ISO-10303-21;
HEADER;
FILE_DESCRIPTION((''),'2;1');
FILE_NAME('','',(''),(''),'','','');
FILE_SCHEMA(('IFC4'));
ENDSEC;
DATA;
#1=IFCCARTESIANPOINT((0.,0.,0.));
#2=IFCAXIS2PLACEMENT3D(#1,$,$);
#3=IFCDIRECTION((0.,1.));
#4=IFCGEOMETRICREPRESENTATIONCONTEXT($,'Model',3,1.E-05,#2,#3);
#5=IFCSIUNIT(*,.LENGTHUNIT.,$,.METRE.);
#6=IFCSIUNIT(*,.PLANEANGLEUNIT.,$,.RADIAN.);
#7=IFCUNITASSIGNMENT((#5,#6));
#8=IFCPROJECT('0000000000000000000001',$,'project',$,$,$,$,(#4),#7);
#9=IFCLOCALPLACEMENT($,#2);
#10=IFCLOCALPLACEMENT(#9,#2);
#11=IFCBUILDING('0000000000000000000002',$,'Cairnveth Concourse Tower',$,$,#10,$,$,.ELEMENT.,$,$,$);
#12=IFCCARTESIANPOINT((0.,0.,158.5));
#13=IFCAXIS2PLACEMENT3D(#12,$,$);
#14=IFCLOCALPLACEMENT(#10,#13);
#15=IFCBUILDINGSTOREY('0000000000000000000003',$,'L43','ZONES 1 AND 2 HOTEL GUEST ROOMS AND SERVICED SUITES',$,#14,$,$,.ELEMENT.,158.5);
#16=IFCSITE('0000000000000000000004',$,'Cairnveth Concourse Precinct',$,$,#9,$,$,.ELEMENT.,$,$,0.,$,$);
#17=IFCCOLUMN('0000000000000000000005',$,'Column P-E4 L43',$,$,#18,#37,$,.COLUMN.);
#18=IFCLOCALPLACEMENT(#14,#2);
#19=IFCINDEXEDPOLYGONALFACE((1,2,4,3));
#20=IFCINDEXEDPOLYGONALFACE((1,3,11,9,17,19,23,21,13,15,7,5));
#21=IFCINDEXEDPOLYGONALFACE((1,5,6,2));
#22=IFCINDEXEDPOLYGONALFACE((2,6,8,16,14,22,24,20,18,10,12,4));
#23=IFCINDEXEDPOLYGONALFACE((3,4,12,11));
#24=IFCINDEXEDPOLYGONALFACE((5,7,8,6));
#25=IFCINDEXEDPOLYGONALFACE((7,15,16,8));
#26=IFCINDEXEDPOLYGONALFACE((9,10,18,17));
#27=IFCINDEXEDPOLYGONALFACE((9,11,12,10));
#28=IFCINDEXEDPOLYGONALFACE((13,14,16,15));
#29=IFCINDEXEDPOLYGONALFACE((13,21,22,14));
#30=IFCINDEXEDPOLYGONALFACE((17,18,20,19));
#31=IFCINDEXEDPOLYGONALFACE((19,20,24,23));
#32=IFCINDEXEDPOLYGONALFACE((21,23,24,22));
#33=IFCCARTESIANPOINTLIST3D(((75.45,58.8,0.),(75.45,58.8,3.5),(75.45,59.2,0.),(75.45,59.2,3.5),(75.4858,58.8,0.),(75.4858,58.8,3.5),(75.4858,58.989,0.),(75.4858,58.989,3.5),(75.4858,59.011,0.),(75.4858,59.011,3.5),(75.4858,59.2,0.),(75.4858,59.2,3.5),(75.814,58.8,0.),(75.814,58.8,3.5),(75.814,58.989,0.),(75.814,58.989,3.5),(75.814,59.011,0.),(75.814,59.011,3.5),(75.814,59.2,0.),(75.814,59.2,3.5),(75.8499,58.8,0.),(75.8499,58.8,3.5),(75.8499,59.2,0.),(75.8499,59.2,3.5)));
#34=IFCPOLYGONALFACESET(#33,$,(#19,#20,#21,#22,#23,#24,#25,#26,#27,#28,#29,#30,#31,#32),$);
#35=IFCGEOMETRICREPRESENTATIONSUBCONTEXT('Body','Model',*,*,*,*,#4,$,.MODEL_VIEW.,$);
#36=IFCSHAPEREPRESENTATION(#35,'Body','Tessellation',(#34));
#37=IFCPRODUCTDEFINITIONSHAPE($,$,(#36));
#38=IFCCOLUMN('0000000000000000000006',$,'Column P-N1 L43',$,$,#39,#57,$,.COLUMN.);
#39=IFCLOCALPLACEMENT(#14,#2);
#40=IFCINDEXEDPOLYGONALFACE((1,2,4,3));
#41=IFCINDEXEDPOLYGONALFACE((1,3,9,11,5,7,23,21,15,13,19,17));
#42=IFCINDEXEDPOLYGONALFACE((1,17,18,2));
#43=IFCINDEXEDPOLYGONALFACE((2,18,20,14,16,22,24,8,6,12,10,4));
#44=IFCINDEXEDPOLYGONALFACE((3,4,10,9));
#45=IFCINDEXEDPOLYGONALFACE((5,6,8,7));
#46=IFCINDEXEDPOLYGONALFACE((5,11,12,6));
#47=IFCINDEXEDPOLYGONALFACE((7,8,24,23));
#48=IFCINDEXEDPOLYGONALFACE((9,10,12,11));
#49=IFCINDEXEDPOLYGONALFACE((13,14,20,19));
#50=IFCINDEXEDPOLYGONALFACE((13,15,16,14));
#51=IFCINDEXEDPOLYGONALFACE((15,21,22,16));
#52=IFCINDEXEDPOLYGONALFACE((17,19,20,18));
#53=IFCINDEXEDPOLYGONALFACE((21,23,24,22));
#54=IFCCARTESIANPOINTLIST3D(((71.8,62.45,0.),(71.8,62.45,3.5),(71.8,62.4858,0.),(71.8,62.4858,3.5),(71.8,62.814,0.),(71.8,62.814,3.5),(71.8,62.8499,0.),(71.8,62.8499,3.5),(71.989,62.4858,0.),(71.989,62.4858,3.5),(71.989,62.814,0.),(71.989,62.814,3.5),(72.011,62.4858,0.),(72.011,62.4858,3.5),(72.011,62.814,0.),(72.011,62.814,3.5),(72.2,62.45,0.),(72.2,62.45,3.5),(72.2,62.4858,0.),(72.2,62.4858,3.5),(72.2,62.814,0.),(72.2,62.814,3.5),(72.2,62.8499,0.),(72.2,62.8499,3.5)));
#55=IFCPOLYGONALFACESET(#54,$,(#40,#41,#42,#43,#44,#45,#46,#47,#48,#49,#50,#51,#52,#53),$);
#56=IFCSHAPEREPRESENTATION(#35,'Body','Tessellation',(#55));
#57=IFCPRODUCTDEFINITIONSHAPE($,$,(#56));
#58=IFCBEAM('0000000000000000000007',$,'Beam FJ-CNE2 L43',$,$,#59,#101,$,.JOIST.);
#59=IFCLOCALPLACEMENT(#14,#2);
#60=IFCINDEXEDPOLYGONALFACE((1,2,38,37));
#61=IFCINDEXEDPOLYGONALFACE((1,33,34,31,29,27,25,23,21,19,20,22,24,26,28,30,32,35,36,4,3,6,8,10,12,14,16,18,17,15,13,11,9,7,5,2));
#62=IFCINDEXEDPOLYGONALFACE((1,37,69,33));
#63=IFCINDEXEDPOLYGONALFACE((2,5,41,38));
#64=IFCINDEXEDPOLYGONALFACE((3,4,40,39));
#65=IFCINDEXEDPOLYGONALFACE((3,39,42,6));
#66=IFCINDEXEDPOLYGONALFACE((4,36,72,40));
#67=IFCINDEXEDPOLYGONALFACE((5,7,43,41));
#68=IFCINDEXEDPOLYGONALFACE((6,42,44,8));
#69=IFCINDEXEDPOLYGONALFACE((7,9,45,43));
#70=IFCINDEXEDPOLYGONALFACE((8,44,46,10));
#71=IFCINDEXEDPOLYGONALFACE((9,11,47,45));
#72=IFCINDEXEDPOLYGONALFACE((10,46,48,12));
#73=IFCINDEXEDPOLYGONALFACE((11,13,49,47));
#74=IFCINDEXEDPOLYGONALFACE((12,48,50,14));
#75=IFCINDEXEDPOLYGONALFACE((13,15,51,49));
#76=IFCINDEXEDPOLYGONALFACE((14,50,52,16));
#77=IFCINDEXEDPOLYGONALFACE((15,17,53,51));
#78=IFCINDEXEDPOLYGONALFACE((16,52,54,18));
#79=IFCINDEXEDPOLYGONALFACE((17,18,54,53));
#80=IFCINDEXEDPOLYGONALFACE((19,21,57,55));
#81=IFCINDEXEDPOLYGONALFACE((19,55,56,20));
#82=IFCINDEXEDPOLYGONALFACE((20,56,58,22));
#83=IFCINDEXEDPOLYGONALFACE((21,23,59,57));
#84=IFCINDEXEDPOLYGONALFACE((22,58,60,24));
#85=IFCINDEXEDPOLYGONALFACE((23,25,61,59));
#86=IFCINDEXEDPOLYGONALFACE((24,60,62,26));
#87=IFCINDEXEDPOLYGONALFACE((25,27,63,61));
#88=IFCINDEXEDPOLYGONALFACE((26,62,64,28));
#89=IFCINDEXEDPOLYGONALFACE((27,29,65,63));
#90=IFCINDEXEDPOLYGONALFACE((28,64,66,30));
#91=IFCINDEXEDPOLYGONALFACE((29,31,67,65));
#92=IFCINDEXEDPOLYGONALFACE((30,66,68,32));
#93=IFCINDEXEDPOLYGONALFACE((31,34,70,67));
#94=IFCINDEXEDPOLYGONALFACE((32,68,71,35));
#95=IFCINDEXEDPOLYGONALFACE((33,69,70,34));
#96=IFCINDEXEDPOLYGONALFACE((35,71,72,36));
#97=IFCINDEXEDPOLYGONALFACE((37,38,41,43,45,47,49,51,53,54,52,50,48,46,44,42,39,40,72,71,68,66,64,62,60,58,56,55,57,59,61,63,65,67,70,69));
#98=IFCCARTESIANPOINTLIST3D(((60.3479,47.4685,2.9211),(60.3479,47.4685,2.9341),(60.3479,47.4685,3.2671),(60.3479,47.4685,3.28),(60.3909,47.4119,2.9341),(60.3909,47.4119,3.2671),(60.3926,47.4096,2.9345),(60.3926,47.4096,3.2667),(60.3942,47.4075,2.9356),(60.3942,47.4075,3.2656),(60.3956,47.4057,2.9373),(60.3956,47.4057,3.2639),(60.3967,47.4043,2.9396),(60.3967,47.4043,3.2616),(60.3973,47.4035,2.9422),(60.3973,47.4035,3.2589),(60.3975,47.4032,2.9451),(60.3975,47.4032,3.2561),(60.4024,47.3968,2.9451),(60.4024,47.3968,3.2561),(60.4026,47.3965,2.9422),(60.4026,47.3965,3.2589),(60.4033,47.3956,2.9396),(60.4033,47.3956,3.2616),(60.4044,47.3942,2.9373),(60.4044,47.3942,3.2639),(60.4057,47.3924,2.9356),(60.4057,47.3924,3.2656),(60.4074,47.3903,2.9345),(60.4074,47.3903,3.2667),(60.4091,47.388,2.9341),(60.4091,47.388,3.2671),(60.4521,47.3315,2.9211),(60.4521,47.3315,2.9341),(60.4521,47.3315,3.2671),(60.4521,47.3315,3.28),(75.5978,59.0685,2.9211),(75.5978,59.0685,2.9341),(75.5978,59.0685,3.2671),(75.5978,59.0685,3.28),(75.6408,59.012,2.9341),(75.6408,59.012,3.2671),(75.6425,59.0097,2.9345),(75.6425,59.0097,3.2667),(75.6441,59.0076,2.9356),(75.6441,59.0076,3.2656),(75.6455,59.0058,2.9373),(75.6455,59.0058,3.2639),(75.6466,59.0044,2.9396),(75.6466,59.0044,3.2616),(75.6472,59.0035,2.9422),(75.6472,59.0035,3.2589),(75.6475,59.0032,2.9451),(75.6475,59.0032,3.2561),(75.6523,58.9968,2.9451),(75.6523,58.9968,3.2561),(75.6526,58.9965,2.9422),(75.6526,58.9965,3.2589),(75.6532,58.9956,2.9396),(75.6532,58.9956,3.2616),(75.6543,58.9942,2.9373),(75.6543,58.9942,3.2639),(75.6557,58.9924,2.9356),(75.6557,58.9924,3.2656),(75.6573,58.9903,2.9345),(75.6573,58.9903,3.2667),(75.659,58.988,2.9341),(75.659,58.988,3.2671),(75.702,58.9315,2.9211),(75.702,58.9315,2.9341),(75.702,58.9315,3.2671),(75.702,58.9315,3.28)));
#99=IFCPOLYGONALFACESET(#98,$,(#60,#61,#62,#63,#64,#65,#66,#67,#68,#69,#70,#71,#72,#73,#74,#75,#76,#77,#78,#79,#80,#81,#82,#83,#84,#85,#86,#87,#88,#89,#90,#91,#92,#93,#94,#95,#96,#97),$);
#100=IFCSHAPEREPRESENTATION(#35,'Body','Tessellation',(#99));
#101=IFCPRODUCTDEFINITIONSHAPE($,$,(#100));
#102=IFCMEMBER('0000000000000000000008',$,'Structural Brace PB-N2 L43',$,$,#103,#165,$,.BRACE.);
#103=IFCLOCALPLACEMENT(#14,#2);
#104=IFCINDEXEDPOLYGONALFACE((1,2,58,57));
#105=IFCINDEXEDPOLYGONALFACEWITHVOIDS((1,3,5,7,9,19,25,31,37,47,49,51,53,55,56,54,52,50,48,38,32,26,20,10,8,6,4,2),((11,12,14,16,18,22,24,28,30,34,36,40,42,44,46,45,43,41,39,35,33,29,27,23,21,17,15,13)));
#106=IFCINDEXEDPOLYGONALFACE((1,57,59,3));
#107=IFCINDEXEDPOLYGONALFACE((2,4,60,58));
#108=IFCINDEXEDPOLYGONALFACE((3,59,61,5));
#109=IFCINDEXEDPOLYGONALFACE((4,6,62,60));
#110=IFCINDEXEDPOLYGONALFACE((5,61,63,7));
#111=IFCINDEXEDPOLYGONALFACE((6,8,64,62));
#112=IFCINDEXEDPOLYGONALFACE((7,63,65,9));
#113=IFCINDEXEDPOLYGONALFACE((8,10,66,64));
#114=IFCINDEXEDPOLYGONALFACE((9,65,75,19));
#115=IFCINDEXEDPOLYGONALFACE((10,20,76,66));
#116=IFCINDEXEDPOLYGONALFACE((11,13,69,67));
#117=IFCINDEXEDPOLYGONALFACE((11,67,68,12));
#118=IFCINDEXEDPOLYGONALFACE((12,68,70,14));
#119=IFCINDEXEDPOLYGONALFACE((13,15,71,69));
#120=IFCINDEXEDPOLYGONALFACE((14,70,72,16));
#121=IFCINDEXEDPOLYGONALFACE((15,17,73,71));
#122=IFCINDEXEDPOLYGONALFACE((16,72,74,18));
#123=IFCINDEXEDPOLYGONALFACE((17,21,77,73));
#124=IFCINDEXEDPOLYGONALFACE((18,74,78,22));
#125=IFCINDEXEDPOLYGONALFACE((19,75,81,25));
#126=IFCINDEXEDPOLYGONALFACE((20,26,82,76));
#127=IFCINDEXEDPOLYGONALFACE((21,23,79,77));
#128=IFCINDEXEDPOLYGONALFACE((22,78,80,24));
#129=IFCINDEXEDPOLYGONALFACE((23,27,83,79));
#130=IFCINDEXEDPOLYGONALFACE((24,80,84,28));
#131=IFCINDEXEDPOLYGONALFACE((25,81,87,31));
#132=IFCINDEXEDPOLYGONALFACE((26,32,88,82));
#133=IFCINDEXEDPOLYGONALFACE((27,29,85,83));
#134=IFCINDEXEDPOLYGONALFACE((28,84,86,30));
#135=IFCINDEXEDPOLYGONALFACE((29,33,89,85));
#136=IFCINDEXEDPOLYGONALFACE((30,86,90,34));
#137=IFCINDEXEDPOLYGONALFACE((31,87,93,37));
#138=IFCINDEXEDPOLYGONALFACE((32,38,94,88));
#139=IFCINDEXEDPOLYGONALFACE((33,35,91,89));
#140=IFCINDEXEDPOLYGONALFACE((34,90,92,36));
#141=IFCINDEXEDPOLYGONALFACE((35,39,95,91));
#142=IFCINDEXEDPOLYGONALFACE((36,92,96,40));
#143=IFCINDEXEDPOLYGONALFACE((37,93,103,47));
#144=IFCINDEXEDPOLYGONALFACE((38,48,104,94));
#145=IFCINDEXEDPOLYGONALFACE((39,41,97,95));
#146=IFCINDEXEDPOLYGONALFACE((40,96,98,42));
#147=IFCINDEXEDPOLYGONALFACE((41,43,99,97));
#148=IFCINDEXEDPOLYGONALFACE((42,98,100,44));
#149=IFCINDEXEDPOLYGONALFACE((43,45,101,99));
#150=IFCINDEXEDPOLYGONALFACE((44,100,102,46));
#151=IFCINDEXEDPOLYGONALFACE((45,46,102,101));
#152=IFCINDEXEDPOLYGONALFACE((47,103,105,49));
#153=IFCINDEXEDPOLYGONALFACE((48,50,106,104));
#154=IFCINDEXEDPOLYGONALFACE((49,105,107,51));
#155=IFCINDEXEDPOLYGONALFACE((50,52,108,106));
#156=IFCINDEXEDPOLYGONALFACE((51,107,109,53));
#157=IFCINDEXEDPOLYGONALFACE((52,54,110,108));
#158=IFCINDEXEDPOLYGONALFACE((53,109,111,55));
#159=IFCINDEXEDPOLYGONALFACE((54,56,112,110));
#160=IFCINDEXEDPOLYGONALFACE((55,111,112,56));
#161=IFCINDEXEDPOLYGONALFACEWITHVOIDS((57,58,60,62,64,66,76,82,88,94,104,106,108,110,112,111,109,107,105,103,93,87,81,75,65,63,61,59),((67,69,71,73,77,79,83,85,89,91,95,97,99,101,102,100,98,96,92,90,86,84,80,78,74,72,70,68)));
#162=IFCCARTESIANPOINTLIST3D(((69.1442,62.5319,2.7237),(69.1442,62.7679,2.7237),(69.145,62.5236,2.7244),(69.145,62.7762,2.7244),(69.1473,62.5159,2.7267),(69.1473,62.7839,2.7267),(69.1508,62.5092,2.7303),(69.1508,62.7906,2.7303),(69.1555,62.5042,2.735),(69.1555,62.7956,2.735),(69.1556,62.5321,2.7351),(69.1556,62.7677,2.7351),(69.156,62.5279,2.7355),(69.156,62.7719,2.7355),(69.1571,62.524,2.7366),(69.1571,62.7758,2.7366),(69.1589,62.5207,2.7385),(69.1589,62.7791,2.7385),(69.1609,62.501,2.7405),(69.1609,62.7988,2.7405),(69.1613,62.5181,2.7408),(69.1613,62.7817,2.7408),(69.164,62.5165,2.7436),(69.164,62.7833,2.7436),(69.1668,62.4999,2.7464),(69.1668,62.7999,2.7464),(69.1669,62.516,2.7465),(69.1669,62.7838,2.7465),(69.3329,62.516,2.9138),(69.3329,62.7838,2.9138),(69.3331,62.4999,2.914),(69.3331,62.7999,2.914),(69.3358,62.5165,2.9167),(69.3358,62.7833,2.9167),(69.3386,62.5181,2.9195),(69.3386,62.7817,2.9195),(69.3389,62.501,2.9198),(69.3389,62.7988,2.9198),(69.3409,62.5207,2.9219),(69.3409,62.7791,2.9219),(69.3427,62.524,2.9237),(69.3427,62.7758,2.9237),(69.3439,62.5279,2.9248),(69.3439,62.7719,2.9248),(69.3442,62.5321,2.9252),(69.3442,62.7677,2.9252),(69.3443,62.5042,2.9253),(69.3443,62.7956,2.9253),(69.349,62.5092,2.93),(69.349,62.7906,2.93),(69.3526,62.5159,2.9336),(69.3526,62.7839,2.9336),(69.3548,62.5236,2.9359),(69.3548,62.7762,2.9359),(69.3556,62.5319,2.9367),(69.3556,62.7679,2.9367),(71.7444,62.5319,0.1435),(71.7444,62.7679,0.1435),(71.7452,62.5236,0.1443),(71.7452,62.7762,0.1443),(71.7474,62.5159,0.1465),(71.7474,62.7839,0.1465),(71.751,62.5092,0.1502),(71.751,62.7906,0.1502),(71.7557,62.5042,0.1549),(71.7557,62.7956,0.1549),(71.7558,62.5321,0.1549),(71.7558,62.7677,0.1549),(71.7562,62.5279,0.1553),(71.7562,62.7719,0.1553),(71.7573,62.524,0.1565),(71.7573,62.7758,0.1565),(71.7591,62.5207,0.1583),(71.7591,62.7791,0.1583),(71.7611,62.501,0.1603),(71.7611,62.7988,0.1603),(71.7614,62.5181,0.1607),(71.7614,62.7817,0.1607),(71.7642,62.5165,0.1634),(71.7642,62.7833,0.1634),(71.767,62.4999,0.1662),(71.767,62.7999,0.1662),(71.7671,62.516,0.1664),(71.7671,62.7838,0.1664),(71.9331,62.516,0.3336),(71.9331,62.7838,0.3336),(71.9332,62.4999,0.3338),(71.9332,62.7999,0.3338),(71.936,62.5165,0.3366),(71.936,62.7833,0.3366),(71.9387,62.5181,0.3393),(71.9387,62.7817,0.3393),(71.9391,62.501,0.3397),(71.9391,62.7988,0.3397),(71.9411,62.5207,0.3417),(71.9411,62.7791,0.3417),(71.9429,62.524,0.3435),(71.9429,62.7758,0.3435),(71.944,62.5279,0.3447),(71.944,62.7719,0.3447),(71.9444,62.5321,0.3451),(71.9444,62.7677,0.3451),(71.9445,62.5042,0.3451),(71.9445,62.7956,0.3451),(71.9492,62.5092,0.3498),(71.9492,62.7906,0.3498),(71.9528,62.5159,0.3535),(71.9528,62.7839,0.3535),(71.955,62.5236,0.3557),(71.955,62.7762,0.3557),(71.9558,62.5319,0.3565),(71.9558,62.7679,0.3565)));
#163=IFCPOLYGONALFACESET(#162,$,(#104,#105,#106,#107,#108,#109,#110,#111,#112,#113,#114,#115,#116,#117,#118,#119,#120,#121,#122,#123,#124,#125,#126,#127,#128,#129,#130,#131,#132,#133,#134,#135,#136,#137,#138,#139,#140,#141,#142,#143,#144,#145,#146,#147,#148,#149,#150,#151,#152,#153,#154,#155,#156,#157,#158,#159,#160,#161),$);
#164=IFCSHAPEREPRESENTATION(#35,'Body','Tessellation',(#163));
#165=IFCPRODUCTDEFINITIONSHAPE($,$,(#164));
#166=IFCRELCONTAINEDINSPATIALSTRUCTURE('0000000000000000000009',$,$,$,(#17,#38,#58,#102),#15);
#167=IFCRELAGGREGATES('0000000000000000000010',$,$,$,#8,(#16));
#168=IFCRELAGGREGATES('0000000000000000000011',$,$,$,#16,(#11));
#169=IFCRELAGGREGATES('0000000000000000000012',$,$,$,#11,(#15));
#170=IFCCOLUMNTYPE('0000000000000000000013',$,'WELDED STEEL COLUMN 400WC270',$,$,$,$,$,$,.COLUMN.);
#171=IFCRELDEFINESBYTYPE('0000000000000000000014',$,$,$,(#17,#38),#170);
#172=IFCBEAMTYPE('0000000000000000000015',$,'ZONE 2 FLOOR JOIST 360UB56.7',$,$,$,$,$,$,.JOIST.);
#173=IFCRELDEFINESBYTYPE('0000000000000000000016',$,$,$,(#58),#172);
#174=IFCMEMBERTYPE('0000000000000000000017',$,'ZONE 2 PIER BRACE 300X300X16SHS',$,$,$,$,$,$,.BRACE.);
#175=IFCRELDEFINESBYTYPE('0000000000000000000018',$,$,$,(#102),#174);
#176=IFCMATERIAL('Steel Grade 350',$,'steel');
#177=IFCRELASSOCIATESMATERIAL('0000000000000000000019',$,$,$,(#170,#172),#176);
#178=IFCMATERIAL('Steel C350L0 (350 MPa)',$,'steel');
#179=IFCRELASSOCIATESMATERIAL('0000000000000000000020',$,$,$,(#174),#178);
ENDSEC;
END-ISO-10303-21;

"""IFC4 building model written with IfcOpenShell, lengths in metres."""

from ifc_helpers import new_model, si_unit, direction, frame, origin, origin_2d, place, context, subcontext, project, spatial, hollow_rectangle, i_section, extrude, material, material_profile, profile_set, type_object, element, save


model = new_model("IFC4")

# Units and contexts
model_context = context("Model", 3, precision=1e-05, world=origin(), true_north=direction((0.0, 1.0)))
body_context = subcontext(model_context, "Body", "Model", "MODEL_VIEW")
ifc_project = project(units=[si_unit("LENGTHUNIT", "METRE"), si_unit("PLANEANGLEUNIT", "RADIAN")], contexts=[model_context])

# Site, building, storey
site_placement = place(None, origin())
site = spatial("IfcSite", under=ifc_project, at=site_placement, Name="Cairnveth Concourse Precinct", CompositionType="ELEMENT", RefElevation=0.0)
building_placement = place(site_placement, origin())
building = spatial("IfcBuilding", under=site, at=building_placement, Name="Cairnveth Concourse Tower", CompositionType="ELEMENT")
storey_placement = place(building_placement, frame((0.0, 0.0, 158.5)))
storey = spatial("IfcBuildingStorey", under=building, at=storey_placement, Name="L43", Description="ZONES 1 AND 2 HOTEL GUEST ROOMS AND SERVICED SUITES", CompositionType="ELEMENT", Elevation=158.5)

# Columns
ifc_material_1 = material(Name="Steel Grade 350", Category="steel")
ifc_material_profile_1 = material_profile(ifc_material_1, i_section(OverallWidth=0.3999, OverallDepth=0.3999, WebThickness=0.022, FlangeThickness=0.0359, at=origin_2d()), Name="400WC270")
ifc_profile_set_1 = profile_set([ifc_material_profile_1], Name="Steel Grade 350")
column_type = type_object("IfcColumnType", Name="WELDED STEEL COLUMN 400WC270", PredefinedType="COLUMN", material=ifc_profile_set_1)
for number, where, z_axis, x_axis, name in (
    (1, (75.6499, 59.0, 0.0), (0.0, 0.0, 1.0), (0.0, 1.0, 0.0), "Column P-E4 L43"),
    (2, (72.0, 62.6499, 0.0), (0.0, 0.0, 1.0), (1.0, 0.0, 0.0), "Column P-N1 L43"),
):
    element("IfcColumn", number, at=place(storey_placement, frame(where, z_axis=z_axis, x_axis=x_axis)), inside=storey, type_object=column_type, Name=name, PredefinedType="COLUMN", context=body_context, shape_type="SweptSolid", body=[
        extrude(i_section(OverallWidth=0.3999, OverallDepth=0.3999, WebThickness=0.022, FlangeThickness=0.0359, at=origin_2d()), origin(), (0.0, 0.0, 1.0), 3.5),
    ])

# Beam
ifc_material_profile_2 = material_profile(ifc_material_1, i_section(OverallWidth=0.1721, OverallDepth=0.3589, WebThickness=0.0081, FlangeThickness=0.0129, FilletRadius=0.011, at=origin_2d()), Name="360UB56.7")
ifc_profile_set_2 = profile_set([ifc_material_profile_2], Name="Steel Grade 350")
beam_type_1 = type_object("IfcBeamType", Name="ZONE 2 FLOOR JOIST 360UB56.7", PredefinedType="JOIST", material=ifc_profile_set_2)
beam_1_placement = place(storey_placement, frame((75.6499, 59.0, 3.1006), z_axis=(-0.795908, -0.605417, 0.0), x_axis=(0.605417, -0.795908, 0.0)))
element("IfcBeam", 3, at=beam_1_placement, inside=storey, type_object=beam_type_1, Name="Beam FJ-CNE2 L43", PredefinedType="JOIST", context=body_context, shape_type="SweptSolid", body=[
    extrude(i_section(OverallWidth=0.1721, OverallDepth=0.3589, WebThickness=0.0081, FlangeThickness=0.0129, FilletRadius=0.011, at=origin_2d()), origin(), (0.0, 0.0, 1.0), 19.1604),
])

# Member
ifc_material_2 = material(Name="Steel C350L0 (350 MPa)", Category="steel")
ifc_material_profile_3 = material_profile(ifc_material_2, hollow_rectangle(XDim=0.3, YDim=0.3, WallThickness=0.0161, InnerFilletRadius=0.0161, OuterFilletRadius=0.032, at=origin_2d()), Name="300x300x16.0SHS")
ifc_profile_set_3 = profile_set([ifc_material_profile_3], Name="Steel C350L0 (350 MPa)")
member_type = type_object("IfcMemberType", Name="ZONE 2 PIER BRACE 300X300X16SHS", PredefinedType="BRACE", material=ifc_profile_set_3)
for number, where, z_axis, x_axis, name in (
    (4, (71.8501, 62.6499, 0.25), (-0.709834, 0.0, 0.704369), (0.0, -1.0, 0.0), "Structural Brace PB-N2 L43"),
):
    element("IfcMember", number, at=place(storey_placement, frame(where, z_axis=z_axis, x_axis=x_axis)), inside=storey, type_object=member_type, Name=name, PredefinedType="BRACE", context=body_context, shape_type="SweptSolid", body=[
        extrude(hollow_rectangle(XDim=0.3, YDim=0.3, WallThickness=0.0161, InnerFilletRadius=0.0161, OuterFilletRadius=0.032, at=origin_2d()), origin(), (0.0, 0.0, 1.0), 3.6631),
    ])

save(model, "model.ifc")
